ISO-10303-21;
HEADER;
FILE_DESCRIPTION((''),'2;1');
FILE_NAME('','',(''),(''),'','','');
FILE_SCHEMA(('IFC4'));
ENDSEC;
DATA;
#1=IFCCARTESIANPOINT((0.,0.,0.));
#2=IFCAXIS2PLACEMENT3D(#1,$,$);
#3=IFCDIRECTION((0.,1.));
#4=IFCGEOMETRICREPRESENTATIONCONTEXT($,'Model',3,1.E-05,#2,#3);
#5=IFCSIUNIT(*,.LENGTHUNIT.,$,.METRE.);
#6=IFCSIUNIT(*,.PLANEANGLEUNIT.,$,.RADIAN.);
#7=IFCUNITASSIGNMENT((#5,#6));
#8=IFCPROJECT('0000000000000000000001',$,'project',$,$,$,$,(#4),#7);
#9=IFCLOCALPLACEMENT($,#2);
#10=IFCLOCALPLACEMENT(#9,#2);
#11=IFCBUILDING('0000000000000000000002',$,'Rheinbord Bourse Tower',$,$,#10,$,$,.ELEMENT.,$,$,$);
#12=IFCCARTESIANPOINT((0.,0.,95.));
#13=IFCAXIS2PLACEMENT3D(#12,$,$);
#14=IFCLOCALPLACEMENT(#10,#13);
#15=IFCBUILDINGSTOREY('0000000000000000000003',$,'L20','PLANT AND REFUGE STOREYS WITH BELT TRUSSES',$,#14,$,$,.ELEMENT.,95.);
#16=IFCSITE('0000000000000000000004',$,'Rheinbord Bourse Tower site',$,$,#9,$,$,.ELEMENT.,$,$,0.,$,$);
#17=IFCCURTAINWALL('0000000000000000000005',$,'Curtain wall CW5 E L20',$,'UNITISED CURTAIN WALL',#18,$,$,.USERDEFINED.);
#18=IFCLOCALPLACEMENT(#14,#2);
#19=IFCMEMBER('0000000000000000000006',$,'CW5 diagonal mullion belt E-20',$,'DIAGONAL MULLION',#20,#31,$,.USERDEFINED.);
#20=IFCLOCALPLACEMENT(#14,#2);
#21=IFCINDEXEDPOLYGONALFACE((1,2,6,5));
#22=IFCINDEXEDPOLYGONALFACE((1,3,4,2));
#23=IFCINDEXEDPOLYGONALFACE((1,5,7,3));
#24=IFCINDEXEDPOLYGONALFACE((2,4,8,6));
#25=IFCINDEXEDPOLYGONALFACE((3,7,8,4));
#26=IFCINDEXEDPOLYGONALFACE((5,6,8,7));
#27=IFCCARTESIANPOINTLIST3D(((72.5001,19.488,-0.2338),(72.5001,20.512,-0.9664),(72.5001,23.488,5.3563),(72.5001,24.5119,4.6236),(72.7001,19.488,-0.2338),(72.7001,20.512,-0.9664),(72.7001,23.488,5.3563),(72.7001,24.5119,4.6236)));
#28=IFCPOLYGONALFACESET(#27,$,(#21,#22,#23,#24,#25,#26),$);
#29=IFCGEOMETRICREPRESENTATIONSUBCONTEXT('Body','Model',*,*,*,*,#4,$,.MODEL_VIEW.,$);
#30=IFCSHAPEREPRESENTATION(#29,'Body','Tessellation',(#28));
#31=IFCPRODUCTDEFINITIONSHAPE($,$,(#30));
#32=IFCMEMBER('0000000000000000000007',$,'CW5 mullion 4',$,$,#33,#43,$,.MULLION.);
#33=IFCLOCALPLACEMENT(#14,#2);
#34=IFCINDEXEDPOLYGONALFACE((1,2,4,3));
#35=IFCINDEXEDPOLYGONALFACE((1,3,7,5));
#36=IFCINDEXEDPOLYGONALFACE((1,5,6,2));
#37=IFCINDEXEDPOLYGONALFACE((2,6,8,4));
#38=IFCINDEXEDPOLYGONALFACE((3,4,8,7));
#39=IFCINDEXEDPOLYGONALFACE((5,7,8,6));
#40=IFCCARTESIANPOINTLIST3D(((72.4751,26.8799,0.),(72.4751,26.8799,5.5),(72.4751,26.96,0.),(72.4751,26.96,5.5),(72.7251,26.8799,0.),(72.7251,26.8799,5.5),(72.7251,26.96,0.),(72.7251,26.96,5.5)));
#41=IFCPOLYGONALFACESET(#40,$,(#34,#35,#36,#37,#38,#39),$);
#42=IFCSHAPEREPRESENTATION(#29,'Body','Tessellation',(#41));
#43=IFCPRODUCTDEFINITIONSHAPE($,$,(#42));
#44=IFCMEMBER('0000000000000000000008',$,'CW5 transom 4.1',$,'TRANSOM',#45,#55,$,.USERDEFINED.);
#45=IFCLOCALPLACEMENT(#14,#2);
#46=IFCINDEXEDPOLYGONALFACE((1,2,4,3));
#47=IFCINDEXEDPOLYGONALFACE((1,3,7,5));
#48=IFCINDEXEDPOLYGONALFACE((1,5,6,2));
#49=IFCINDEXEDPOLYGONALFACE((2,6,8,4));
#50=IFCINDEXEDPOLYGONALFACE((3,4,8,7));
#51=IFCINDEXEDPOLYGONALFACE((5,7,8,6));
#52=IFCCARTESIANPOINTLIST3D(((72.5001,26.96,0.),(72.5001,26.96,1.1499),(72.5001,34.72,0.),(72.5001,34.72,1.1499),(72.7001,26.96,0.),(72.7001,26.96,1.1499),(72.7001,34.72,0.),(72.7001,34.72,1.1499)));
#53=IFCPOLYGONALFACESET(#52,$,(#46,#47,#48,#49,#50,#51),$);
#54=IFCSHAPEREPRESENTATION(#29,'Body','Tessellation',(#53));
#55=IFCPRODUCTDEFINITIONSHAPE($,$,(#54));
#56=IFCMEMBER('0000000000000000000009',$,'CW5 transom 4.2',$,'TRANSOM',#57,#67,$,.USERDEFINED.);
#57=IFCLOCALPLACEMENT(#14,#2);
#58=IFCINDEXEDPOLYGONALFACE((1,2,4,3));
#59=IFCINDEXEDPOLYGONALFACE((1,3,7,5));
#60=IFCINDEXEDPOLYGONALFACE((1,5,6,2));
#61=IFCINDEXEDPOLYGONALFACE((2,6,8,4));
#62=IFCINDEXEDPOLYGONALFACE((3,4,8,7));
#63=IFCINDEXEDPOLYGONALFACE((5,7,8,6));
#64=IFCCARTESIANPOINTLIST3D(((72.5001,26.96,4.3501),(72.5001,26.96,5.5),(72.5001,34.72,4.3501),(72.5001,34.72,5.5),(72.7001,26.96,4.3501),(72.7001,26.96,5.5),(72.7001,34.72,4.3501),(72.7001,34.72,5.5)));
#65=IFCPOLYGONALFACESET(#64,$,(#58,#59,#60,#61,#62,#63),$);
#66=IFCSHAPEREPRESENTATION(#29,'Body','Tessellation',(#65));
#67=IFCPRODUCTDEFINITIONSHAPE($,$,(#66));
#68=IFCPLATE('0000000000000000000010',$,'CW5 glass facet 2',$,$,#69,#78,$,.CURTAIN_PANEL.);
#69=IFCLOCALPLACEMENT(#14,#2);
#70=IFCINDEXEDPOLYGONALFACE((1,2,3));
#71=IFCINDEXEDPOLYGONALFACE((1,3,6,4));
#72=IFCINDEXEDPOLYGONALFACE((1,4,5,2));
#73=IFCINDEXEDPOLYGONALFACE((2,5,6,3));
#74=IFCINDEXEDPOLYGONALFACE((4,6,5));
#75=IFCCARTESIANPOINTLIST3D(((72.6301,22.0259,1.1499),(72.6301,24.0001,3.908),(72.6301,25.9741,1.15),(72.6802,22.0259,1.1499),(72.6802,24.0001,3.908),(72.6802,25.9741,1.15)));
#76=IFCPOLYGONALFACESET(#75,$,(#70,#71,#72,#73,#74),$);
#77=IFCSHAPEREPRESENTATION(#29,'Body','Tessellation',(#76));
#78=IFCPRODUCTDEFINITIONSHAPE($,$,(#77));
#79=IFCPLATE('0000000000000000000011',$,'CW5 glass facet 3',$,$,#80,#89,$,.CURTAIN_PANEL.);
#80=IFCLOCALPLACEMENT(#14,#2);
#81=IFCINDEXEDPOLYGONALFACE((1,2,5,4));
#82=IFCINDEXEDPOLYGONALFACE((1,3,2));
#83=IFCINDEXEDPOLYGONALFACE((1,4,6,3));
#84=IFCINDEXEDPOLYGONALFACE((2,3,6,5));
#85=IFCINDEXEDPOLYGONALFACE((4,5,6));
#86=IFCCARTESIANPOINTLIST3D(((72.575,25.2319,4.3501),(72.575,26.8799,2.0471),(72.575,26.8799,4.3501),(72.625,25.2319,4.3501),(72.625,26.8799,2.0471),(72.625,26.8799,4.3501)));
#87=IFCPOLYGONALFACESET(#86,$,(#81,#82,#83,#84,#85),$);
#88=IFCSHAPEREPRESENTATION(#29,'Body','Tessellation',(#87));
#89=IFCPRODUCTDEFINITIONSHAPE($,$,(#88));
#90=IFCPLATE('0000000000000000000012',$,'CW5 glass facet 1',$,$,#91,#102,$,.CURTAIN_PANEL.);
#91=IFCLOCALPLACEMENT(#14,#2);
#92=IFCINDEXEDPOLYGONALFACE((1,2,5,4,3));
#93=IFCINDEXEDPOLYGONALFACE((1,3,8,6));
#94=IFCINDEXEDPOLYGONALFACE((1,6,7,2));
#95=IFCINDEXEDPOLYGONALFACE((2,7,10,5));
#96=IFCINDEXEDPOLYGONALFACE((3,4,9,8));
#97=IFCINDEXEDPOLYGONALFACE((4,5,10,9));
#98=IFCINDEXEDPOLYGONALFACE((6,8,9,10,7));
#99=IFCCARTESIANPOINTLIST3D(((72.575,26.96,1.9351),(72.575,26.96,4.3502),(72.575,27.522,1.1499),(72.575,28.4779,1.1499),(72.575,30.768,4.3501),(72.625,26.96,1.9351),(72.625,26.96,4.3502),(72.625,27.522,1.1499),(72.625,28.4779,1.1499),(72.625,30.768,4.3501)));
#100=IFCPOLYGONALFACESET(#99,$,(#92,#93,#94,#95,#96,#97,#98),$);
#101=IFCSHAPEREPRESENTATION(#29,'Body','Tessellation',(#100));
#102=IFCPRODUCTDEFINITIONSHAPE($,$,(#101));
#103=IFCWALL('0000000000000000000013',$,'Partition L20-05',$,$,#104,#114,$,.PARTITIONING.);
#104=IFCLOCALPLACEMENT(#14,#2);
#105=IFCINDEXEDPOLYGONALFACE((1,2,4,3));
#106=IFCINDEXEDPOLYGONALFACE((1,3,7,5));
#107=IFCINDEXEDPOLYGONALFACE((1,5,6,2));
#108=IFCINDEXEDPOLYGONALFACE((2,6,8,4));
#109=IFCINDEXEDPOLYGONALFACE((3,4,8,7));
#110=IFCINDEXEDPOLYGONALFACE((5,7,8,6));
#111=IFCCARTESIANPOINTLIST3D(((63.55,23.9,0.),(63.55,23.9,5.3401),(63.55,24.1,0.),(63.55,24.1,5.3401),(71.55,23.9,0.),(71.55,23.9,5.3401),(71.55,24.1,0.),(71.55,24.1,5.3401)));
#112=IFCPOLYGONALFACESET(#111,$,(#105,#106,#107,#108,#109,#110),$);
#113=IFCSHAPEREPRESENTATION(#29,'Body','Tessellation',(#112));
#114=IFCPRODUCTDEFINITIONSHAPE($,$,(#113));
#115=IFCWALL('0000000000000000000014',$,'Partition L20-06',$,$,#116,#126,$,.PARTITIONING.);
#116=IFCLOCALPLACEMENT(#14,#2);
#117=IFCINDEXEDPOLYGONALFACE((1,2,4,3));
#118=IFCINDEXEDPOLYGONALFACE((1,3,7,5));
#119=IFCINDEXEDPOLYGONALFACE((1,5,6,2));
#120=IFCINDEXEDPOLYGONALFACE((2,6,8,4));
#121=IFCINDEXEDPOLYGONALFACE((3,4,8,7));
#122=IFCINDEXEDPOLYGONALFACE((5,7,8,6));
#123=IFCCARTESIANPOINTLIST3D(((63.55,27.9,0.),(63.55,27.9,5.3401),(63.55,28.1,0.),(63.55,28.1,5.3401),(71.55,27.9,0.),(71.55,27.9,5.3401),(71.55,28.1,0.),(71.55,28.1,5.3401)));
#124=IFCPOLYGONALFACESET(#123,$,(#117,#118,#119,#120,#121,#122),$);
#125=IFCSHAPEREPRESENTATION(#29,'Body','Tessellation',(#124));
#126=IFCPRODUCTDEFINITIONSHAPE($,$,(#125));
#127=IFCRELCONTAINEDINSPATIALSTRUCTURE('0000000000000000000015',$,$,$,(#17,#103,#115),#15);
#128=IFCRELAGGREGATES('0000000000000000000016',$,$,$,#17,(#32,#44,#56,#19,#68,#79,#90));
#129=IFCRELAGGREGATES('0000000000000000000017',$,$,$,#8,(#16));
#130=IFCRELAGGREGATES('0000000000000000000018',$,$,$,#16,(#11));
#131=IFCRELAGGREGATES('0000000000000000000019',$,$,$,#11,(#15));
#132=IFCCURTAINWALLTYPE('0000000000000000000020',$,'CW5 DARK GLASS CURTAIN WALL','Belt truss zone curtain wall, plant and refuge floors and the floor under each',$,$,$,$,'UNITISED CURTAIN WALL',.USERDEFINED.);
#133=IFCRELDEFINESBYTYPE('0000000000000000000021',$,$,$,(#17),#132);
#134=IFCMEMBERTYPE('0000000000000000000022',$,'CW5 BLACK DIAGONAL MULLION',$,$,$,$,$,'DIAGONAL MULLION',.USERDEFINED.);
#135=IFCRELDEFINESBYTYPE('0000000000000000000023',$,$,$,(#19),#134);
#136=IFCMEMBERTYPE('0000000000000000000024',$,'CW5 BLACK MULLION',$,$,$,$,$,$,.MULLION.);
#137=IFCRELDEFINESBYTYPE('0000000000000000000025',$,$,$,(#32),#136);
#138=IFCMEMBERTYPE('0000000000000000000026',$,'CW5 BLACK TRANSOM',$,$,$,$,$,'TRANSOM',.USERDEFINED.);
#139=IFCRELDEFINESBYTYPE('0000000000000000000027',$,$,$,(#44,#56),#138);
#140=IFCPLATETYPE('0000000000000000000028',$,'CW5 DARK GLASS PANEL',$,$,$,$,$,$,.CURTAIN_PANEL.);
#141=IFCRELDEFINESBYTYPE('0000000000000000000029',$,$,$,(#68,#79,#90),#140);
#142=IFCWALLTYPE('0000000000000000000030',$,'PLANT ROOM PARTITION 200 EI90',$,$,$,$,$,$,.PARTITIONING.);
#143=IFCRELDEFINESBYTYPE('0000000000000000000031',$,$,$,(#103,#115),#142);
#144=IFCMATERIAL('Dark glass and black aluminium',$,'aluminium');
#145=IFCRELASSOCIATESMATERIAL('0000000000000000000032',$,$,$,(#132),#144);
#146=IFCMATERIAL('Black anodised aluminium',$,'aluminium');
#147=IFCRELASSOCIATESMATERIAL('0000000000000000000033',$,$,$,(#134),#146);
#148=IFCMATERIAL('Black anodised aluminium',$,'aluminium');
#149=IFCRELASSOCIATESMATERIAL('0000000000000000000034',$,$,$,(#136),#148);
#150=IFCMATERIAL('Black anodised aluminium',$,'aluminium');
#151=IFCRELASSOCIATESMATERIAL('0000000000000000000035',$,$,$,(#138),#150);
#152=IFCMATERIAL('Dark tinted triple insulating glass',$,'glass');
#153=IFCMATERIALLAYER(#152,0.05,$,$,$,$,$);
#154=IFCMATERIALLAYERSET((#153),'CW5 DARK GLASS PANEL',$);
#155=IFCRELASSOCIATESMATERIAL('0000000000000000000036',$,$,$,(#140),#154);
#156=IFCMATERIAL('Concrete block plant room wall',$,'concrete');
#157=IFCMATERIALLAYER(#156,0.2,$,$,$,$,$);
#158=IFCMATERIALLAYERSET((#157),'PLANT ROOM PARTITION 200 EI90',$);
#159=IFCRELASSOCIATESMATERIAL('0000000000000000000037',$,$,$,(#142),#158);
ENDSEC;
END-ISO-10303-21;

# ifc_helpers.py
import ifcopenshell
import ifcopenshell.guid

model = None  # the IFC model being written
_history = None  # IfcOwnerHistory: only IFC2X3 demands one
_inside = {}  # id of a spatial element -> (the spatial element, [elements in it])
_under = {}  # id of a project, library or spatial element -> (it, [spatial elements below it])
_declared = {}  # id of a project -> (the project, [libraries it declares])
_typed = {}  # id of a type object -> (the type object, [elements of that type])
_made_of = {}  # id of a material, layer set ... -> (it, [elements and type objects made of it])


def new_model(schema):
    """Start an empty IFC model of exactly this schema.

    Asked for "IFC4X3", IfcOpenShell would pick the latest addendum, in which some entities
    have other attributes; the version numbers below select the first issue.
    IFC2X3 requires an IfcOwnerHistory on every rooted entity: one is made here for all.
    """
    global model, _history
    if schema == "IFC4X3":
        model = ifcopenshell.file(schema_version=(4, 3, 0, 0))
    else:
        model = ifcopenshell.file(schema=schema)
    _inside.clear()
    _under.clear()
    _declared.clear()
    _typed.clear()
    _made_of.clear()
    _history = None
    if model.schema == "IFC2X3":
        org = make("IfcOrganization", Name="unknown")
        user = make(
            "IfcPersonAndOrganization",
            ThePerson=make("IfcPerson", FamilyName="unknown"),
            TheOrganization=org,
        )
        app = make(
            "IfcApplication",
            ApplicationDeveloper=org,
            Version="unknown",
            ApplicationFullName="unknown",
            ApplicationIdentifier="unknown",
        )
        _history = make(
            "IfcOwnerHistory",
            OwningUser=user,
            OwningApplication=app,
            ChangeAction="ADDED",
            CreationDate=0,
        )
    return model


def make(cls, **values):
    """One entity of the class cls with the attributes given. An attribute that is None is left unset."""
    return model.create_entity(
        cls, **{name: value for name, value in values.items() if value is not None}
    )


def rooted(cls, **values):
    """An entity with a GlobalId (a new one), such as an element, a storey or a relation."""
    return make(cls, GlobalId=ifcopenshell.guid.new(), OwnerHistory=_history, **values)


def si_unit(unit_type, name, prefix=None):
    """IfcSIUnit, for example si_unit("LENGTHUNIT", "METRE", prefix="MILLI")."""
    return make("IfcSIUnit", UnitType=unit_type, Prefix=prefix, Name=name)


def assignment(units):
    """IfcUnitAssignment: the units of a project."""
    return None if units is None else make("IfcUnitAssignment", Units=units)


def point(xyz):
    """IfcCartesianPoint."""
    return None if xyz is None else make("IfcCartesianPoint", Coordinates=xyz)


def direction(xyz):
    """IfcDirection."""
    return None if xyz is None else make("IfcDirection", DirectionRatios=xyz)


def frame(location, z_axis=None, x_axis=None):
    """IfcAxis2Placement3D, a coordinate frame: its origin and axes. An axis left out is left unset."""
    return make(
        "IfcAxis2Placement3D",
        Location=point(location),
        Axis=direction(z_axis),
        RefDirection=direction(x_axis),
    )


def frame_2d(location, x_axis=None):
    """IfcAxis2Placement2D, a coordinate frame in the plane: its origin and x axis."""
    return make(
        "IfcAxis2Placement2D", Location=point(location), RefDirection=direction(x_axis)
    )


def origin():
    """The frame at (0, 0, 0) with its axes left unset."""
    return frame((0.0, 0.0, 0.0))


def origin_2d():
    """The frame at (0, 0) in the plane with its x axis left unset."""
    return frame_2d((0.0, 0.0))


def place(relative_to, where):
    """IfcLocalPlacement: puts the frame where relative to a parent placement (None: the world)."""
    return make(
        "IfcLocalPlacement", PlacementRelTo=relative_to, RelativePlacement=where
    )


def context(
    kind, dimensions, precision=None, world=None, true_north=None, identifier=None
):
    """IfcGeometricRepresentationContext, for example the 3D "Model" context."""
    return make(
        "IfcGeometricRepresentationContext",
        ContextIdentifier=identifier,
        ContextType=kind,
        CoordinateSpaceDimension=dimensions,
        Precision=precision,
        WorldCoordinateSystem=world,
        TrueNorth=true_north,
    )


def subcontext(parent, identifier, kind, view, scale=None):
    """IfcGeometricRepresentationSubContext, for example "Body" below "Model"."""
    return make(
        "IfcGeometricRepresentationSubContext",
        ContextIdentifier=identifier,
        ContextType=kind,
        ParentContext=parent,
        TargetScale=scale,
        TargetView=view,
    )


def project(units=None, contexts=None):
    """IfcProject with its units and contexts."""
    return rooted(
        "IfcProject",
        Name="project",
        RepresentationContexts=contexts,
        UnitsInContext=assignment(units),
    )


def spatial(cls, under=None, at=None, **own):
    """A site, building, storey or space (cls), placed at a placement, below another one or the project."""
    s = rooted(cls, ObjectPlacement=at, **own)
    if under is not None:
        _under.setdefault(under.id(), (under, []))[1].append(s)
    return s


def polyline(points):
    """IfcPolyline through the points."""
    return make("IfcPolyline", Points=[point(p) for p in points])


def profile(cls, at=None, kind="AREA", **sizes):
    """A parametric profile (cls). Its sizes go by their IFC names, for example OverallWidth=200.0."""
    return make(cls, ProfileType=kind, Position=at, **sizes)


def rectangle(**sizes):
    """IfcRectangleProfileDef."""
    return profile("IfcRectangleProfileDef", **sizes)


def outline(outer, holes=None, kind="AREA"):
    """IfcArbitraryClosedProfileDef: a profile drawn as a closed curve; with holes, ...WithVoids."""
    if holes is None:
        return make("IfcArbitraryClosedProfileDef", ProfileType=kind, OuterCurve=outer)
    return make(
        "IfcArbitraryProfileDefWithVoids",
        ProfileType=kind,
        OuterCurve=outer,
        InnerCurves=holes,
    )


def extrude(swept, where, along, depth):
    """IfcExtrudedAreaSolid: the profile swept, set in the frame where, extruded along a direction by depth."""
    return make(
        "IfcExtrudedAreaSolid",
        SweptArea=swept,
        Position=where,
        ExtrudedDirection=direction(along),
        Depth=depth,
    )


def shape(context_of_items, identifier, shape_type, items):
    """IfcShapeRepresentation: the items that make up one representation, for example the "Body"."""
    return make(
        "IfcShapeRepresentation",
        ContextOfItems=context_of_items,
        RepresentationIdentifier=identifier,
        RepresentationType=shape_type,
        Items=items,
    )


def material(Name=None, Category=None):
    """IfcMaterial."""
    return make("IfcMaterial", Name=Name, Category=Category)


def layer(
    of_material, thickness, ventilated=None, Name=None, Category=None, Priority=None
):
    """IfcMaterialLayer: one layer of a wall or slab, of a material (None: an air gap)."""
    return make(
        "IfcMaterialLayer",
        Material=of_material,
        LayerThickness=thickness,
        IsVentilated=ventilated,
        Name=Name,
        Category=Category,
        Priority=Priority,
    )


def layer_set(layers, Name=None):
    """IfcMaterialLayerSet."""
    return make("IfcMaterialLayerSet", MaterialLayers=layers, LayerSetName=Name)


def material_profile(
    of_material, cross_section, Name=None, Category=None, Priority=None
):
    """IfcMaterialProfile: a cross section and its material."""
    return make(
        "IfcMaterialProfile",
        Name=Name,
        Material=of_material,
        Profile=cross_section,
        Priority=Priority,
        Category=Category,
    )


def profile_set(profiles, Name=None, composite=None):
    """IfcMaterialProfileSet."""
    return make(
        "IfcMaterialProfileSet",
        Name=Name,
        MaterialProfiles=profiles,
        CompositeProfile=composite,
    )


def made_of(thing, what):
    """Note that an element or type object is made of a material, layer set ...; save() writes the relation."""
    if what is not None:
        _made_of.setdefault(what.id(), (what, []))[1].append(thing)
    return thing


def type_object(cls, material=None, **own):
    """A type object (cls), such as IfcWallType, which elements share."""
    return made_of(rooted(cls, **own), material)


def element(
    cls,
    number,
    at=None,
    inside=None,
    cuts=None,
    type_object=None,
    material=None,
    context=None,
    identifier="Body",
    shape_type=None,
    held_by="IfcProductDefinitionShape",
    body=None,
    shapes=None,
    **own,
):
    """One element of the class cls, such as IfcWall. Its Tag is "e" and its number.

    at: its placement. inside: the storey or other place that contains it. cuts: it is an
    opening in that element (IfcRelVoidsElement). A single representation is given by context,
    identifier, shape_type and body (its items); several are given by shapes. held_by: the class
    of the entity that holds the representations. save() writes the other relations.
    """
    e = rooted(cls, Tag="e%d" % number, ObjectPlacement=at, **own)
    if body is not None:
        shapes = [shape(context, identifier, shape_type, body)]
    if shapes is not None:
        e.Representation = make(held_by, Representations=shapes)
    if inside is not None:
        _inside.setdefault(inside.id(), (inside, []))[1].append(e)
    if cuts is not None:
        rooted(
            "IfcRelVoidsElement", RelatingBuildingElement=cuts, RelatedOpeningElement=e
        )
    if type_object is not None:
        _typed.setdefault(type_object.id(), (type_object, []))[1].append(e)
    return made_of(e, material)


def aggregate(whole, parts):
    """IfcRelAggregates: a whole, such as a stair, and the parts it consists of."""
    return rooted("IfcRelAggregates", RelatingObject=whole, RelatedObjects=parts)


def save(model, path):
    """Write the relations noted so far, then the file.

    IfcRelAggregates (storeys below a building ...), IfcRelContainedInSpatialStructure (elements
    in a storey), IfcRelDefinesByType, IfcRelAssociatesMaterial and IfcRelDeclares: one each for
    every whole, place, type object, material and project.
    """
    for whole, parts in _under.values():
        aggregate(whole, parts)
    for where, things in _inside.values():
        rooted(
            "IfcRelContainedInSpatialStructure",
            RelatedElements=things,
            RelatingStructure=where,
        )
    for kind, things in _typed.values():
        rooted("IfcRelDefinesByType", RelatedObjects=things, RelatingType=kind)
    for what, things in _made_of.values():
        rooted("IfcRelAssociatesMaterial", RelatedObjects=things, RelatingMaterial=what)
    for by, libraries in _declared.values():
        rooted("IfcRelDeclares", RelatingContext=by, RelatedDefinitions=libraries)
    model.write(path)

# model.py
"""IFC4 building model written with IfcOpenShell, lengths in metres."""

from ifc_helpers import new_model, si_unit, direction, frame, frame_2d, origin, origin_2d, place, context, subcontext, project, spatial, polyline, rectangle, outline, extrude, material, layer, layer_set, material_profile, profile_set, type_object, element, aggregate, save


model = new_model("IFC4")

# Units and contexts
model_context = context("Model", 3, precision=1e-05, world=origin(), true_north=direction((0.0, 1.0)))
body_context = subcontext(model_context, "Body", "Model", "MODEL_VIEW")
ifc_project = project(units=[si_unit("LENGTHUNIT", "METRE"), si_unit("PLANEANGLEUNIT", "RADIAN")], contexts=[model_context])

# Site, building, storey
site_placement = place(None, origin())
site = spatial("IfcSite", under=ifc_project, at=site_placement, Name="Rheinbord Bourse Tower site", CompositionType="ELEMENT", RefElevation=0.0)
building_placement = place(site_placement, origin())
building = spatial("IfcBuilding", under=site, at=building_placement, Name="Rheinbord Bourse Tower", CompositionType="ELEMENT")
storey_placement = place(building_placement, frame((0.0, 0.0, 95.0)))
storey = spatial("IfcBuildingStorey", under=building, at=storey_placement, Name="L20", Description="PLANT AND REFUGE STOREYS WITH BELT TRUSSES", CompositionType="ELEMENT", Elevation=95.0)

# Curtain wall, members, plates
ifc_material_1 = material(Name="Dark glass and black aluminium", Category="aluminium")
curtain_wall_type = type_object("IfcCurtainWallType", Name="CW5 DARK GLASS CURTAIN WALL", Description="Belt truss zone curtain wall, plant and refuge floors and the floor under each", ElementType="UNITISED CURTAIN WALL", PredefinedType="USERDEFINED", material=ifc_material_1)
curtain_wall_placement = place(storey_placement, origin())
curtain_wall = element("IfcCurtainWall", 1, at=curtain_wall_placement, inside=storey, type_object=curtain_wall_type, Name="Curtain wall CW5 E L20", ObjectType="UNITISED CURTAIN WALL", PredefinedType="USERDEFINED")
ifc_material_2 = material(Name="Black anodised aluminium", Category="aluminium")
ifc_material_profile_1 = material_profile(ifc_material_2, rectangle(XDim=0.2, YDim=1.259, at=origin_2d()), Name="CW5 DIAGONAL MULLION 1259x200")
ifc_profile_set_1 = profile_set([ifc_material_profile_1], Name="Black anodised aluminium")
member_type_1 = type_object("IfcMemberType", Name="CW5 BLACK DIAGONAL MULLION", ElementType="DIAGONAL MULLION", PredefinedType="USERDEFINED", material=ifc_profile_set_1)
member_1_placement = place(storey_placement, frame((72.6001, 20.0, -0.6001), z_axis=(0.0, 0.58192, 0.813246), x_axis=(-1.0, 0.0, 0.0)))
member_1 = element("IfcMember", 2, at=member_1_placement, type_object=member_type_1, Name="CW5 diagonal mullion belt E-20", ObjectType="DIAGONAL MULLION", PredefinedType="USERDEFINED", context=body_context, shape_type="SweptSolid", body=[
    extrude(rectangle(XDim=0.2, YDim=1.259, at=origin_2d()), origin(), (0.0, 0.0, 1.0), 6.8738),
])
ifc_material_3 = material(Name="Black anodised aluminium", Category="aluminium")
ifc_material_profile_2 = material_profile(ifc_material_3, rectangle(XDim=0.25, YDim=0.0801, at=origin_2d()), Name="CW5 MULLION 80x250")
ifc_profile_set_2 = profile_set([ifc_material_profile_2], Name="Black anodised aluminium")
member_type_2 = type_object("IfcMemberType", Name="CW5 BLACK MULLION", PredefinedType="MULLION", material=ifc_profile_set_2)
member_2_placement = place(storey_placement, frame((72.6001, 26.9199, 0.0), z_axis=(0.0, 0.0, 1.0), x_axis=(-1.0, 0.0, 0.0)))
member_2 = element("IfcMember", 3, at=member_2_placement, type_object=member_type_2, Name="CW5 mullion 4", PredefinedType="MULLION", context=body_context, shape_type="SweptSolid", body=[
    extrude(rectangle(XDim=0.25, YDim=0.0801, at=origin_2d()), origin(), (0.0, 0.0, 1.0), 5.5),
])
ifc_material_4 = material(Name="Black anodised aluminium", Category="aluminium")
ifc_material_profile_3 = material_profile(ifc_material_4, rectangle(XDim=0.2, YDim=1.1499, at=origin_2d()), Name="CW5 TRANSOM 1150x200")
ifc_profile_set_3 = profile_set([ifc_material_profile_3], Name="Black anodised aluminium")
member_type_3 = type_object("IfcMemberType", Name="CW5 BLACK TRANSOM", ElementType="TRANSOM", PredefinedType="USERDEFINED", material=ifc_profile_set_3)
member_3_placement = place(storey_placement, frame((72.6001, 26.96, 0.575), z_axis=(0.0, 1.0, 0.0), x_axis=(-1.0, 0.0, 0.0)))
member_3 = element("IfcMember", 4, at=member_3_placement, type_object=member_type_3, Name="CW5 transom 4.1", ObjectType="TRANSOM", PredefinedType="USERDEFINED", context=body_context, shape_type="SweptSolid", body=[
    extrude(rectangle(XDim=0.2, YDim=1.1499, at=origin_2d()), origin(), (0.0, 0.0, 1.0), 7.76),
])
member_4_placement = place(storey_placement, frame((72.6001, 26.96, 4.925), z_axis=(0.0, 1.0, 0.0), x_axis=(-1.0, 0.0, 0.0)))
member_4 = element("IfcMember", 5, at=member_4_placement, type_object=member_type_3, Name="CW5 transom 4.2", ObjectType="TRANSOM", PredefinedType="USERDEFINED", context=body_context, shape_type="SweptSolid", body=[
    extrude(rectangle(XDim=0.2, YDim=1.1499, at=origin_2d()), origin(), (0.0, 0.0, 1.0), 7.76),
])
ifc_material_5 = material(Name="Dark tinted triple insulating glass", Category="glass")
ifc_layer_1 = layer(ifc_material_5, 0.05)
ifc_layer_set_1 = layer_set([ifc_layer_1], Name="CW5 DARK GLASS PANEL")
plate_type = type_object("IfcPlateType", Name="CW5 DARK GLASS PANEL", PredefinedType="CURTAIN_PANEL", material=ifc_layer_set_1)
plate_1_placement = place(storey_placement, frame((72.6802, 22.0259, 1.1499), z_axis=(-1.0, 0.0, 0.0), x_axis=(0.0, 0.582035, 0.813164)))
plate_1 = element("IfcPlate", 6, at=plate_1_placement, type_object=plate_type, Name="CW5 glass facet 2", PredefinedType="CURTAIN_PANEL", context=body_context, shape_type="SweptSolid", body=[
    extrude(outline(polyline([(0.0, 0.0), (3.3918, 0.0), (2.2981, 3.2104), (0.0, 0.0)])), origin(), (0.0, 0.0, 1.0), 0.05),
])
plate_2_placement = place(storey_placement, frame((72.625, 26.8799, 4.3501), z_axis=(-1.0, 0.0, 0.0), x_axis=(0.0, 0.0, -1.0)))
plate_2 = element("IfcPlate", 7, at=plate_2_placement, type_object=plate_type, Name="CW5 glass facet 3", PredefinedType="CURTAIN_PANEL", context=body_context, shape_type="SweptSolid", body=[
    extrude(outline(polyline([(0.0, 0.0), (2.303, 0.0), (0.0, 1.6479), (0.0, 0.0)])), origin(), (0.0, 0.0, 1.0), 0.05),
])
plate_3_placement = place(storey_placement, frame((72.625, 27.522, 1.1499), z_axis=(-1.0, 0.0, 0.0), x_axis=(0.0, -0.582051, 0.813152)))
plate_3 = element("IfcPlate", 8, at=plate_3_placement, type_object=plate_type, Name="CW5 glass facet 1", PredefinedType="CURTAIN_PANEL", context=body_context, shape_type="SweptSolid", body=[
    extrude(outline(polyline([(0.0, 0.0), (0.9656, 0.0), (2.9294, 1.4058), (0.7129, 4.5022), (-0.5564, 0.7773), (0.0, 0.0)])), origin(), (0.0, 0.0, 1.0), 0.05),
])
aggregate(curtain_wall, [member_2, member_3, member_4, member_1, plate_1, plate_2, plate_3])

# Walls
ifc_material_6 = material(Name="Concrete block plant room wall", Category="concrete")
ifc_layer_2 = layer(ifc_material_6, 0.2)
ifc_layer_set_2 = layer_set([ifc_layer_2], Name="PLANT ROOM PARTITION 200 EI90")
wall_type = type_object("IfcWallType", Name="PLANT ROOM PARTITION 200 EI90", PredefinedType="PARTITIONING", material=ifc_layer_set_2)
for number, where, z_axis, x_axis, name in (
    (9, (63.55, 24.0, 0.0), (0.0, 0.0, 1.0), (1.0, 0.0, 0.0), "Partition L20-05"),
    (10, (63.55, 28.0, 0.0), (0.0, 0.0, 1.0), (1.0, 0.0, 0.0), "Partition L20-06"),
):
    element("IfcWall", number, at=place(storey_placement, frame(where, z_axis=z_axis, x_axis=x_axis)), inside=storey, type_object=wall_type, Name=name, PredefinedType="PARTITIONING", context=body_context, shape_type="SweptSolid", body=[
        extrude(rectangle(XDim=8.0, YDim=0.2, at=frame_2d((4.0, 0.0))), origin(), (0.0, 0.0, 1.0), 5.3401),
    ])

save(model, "model.ifc")
